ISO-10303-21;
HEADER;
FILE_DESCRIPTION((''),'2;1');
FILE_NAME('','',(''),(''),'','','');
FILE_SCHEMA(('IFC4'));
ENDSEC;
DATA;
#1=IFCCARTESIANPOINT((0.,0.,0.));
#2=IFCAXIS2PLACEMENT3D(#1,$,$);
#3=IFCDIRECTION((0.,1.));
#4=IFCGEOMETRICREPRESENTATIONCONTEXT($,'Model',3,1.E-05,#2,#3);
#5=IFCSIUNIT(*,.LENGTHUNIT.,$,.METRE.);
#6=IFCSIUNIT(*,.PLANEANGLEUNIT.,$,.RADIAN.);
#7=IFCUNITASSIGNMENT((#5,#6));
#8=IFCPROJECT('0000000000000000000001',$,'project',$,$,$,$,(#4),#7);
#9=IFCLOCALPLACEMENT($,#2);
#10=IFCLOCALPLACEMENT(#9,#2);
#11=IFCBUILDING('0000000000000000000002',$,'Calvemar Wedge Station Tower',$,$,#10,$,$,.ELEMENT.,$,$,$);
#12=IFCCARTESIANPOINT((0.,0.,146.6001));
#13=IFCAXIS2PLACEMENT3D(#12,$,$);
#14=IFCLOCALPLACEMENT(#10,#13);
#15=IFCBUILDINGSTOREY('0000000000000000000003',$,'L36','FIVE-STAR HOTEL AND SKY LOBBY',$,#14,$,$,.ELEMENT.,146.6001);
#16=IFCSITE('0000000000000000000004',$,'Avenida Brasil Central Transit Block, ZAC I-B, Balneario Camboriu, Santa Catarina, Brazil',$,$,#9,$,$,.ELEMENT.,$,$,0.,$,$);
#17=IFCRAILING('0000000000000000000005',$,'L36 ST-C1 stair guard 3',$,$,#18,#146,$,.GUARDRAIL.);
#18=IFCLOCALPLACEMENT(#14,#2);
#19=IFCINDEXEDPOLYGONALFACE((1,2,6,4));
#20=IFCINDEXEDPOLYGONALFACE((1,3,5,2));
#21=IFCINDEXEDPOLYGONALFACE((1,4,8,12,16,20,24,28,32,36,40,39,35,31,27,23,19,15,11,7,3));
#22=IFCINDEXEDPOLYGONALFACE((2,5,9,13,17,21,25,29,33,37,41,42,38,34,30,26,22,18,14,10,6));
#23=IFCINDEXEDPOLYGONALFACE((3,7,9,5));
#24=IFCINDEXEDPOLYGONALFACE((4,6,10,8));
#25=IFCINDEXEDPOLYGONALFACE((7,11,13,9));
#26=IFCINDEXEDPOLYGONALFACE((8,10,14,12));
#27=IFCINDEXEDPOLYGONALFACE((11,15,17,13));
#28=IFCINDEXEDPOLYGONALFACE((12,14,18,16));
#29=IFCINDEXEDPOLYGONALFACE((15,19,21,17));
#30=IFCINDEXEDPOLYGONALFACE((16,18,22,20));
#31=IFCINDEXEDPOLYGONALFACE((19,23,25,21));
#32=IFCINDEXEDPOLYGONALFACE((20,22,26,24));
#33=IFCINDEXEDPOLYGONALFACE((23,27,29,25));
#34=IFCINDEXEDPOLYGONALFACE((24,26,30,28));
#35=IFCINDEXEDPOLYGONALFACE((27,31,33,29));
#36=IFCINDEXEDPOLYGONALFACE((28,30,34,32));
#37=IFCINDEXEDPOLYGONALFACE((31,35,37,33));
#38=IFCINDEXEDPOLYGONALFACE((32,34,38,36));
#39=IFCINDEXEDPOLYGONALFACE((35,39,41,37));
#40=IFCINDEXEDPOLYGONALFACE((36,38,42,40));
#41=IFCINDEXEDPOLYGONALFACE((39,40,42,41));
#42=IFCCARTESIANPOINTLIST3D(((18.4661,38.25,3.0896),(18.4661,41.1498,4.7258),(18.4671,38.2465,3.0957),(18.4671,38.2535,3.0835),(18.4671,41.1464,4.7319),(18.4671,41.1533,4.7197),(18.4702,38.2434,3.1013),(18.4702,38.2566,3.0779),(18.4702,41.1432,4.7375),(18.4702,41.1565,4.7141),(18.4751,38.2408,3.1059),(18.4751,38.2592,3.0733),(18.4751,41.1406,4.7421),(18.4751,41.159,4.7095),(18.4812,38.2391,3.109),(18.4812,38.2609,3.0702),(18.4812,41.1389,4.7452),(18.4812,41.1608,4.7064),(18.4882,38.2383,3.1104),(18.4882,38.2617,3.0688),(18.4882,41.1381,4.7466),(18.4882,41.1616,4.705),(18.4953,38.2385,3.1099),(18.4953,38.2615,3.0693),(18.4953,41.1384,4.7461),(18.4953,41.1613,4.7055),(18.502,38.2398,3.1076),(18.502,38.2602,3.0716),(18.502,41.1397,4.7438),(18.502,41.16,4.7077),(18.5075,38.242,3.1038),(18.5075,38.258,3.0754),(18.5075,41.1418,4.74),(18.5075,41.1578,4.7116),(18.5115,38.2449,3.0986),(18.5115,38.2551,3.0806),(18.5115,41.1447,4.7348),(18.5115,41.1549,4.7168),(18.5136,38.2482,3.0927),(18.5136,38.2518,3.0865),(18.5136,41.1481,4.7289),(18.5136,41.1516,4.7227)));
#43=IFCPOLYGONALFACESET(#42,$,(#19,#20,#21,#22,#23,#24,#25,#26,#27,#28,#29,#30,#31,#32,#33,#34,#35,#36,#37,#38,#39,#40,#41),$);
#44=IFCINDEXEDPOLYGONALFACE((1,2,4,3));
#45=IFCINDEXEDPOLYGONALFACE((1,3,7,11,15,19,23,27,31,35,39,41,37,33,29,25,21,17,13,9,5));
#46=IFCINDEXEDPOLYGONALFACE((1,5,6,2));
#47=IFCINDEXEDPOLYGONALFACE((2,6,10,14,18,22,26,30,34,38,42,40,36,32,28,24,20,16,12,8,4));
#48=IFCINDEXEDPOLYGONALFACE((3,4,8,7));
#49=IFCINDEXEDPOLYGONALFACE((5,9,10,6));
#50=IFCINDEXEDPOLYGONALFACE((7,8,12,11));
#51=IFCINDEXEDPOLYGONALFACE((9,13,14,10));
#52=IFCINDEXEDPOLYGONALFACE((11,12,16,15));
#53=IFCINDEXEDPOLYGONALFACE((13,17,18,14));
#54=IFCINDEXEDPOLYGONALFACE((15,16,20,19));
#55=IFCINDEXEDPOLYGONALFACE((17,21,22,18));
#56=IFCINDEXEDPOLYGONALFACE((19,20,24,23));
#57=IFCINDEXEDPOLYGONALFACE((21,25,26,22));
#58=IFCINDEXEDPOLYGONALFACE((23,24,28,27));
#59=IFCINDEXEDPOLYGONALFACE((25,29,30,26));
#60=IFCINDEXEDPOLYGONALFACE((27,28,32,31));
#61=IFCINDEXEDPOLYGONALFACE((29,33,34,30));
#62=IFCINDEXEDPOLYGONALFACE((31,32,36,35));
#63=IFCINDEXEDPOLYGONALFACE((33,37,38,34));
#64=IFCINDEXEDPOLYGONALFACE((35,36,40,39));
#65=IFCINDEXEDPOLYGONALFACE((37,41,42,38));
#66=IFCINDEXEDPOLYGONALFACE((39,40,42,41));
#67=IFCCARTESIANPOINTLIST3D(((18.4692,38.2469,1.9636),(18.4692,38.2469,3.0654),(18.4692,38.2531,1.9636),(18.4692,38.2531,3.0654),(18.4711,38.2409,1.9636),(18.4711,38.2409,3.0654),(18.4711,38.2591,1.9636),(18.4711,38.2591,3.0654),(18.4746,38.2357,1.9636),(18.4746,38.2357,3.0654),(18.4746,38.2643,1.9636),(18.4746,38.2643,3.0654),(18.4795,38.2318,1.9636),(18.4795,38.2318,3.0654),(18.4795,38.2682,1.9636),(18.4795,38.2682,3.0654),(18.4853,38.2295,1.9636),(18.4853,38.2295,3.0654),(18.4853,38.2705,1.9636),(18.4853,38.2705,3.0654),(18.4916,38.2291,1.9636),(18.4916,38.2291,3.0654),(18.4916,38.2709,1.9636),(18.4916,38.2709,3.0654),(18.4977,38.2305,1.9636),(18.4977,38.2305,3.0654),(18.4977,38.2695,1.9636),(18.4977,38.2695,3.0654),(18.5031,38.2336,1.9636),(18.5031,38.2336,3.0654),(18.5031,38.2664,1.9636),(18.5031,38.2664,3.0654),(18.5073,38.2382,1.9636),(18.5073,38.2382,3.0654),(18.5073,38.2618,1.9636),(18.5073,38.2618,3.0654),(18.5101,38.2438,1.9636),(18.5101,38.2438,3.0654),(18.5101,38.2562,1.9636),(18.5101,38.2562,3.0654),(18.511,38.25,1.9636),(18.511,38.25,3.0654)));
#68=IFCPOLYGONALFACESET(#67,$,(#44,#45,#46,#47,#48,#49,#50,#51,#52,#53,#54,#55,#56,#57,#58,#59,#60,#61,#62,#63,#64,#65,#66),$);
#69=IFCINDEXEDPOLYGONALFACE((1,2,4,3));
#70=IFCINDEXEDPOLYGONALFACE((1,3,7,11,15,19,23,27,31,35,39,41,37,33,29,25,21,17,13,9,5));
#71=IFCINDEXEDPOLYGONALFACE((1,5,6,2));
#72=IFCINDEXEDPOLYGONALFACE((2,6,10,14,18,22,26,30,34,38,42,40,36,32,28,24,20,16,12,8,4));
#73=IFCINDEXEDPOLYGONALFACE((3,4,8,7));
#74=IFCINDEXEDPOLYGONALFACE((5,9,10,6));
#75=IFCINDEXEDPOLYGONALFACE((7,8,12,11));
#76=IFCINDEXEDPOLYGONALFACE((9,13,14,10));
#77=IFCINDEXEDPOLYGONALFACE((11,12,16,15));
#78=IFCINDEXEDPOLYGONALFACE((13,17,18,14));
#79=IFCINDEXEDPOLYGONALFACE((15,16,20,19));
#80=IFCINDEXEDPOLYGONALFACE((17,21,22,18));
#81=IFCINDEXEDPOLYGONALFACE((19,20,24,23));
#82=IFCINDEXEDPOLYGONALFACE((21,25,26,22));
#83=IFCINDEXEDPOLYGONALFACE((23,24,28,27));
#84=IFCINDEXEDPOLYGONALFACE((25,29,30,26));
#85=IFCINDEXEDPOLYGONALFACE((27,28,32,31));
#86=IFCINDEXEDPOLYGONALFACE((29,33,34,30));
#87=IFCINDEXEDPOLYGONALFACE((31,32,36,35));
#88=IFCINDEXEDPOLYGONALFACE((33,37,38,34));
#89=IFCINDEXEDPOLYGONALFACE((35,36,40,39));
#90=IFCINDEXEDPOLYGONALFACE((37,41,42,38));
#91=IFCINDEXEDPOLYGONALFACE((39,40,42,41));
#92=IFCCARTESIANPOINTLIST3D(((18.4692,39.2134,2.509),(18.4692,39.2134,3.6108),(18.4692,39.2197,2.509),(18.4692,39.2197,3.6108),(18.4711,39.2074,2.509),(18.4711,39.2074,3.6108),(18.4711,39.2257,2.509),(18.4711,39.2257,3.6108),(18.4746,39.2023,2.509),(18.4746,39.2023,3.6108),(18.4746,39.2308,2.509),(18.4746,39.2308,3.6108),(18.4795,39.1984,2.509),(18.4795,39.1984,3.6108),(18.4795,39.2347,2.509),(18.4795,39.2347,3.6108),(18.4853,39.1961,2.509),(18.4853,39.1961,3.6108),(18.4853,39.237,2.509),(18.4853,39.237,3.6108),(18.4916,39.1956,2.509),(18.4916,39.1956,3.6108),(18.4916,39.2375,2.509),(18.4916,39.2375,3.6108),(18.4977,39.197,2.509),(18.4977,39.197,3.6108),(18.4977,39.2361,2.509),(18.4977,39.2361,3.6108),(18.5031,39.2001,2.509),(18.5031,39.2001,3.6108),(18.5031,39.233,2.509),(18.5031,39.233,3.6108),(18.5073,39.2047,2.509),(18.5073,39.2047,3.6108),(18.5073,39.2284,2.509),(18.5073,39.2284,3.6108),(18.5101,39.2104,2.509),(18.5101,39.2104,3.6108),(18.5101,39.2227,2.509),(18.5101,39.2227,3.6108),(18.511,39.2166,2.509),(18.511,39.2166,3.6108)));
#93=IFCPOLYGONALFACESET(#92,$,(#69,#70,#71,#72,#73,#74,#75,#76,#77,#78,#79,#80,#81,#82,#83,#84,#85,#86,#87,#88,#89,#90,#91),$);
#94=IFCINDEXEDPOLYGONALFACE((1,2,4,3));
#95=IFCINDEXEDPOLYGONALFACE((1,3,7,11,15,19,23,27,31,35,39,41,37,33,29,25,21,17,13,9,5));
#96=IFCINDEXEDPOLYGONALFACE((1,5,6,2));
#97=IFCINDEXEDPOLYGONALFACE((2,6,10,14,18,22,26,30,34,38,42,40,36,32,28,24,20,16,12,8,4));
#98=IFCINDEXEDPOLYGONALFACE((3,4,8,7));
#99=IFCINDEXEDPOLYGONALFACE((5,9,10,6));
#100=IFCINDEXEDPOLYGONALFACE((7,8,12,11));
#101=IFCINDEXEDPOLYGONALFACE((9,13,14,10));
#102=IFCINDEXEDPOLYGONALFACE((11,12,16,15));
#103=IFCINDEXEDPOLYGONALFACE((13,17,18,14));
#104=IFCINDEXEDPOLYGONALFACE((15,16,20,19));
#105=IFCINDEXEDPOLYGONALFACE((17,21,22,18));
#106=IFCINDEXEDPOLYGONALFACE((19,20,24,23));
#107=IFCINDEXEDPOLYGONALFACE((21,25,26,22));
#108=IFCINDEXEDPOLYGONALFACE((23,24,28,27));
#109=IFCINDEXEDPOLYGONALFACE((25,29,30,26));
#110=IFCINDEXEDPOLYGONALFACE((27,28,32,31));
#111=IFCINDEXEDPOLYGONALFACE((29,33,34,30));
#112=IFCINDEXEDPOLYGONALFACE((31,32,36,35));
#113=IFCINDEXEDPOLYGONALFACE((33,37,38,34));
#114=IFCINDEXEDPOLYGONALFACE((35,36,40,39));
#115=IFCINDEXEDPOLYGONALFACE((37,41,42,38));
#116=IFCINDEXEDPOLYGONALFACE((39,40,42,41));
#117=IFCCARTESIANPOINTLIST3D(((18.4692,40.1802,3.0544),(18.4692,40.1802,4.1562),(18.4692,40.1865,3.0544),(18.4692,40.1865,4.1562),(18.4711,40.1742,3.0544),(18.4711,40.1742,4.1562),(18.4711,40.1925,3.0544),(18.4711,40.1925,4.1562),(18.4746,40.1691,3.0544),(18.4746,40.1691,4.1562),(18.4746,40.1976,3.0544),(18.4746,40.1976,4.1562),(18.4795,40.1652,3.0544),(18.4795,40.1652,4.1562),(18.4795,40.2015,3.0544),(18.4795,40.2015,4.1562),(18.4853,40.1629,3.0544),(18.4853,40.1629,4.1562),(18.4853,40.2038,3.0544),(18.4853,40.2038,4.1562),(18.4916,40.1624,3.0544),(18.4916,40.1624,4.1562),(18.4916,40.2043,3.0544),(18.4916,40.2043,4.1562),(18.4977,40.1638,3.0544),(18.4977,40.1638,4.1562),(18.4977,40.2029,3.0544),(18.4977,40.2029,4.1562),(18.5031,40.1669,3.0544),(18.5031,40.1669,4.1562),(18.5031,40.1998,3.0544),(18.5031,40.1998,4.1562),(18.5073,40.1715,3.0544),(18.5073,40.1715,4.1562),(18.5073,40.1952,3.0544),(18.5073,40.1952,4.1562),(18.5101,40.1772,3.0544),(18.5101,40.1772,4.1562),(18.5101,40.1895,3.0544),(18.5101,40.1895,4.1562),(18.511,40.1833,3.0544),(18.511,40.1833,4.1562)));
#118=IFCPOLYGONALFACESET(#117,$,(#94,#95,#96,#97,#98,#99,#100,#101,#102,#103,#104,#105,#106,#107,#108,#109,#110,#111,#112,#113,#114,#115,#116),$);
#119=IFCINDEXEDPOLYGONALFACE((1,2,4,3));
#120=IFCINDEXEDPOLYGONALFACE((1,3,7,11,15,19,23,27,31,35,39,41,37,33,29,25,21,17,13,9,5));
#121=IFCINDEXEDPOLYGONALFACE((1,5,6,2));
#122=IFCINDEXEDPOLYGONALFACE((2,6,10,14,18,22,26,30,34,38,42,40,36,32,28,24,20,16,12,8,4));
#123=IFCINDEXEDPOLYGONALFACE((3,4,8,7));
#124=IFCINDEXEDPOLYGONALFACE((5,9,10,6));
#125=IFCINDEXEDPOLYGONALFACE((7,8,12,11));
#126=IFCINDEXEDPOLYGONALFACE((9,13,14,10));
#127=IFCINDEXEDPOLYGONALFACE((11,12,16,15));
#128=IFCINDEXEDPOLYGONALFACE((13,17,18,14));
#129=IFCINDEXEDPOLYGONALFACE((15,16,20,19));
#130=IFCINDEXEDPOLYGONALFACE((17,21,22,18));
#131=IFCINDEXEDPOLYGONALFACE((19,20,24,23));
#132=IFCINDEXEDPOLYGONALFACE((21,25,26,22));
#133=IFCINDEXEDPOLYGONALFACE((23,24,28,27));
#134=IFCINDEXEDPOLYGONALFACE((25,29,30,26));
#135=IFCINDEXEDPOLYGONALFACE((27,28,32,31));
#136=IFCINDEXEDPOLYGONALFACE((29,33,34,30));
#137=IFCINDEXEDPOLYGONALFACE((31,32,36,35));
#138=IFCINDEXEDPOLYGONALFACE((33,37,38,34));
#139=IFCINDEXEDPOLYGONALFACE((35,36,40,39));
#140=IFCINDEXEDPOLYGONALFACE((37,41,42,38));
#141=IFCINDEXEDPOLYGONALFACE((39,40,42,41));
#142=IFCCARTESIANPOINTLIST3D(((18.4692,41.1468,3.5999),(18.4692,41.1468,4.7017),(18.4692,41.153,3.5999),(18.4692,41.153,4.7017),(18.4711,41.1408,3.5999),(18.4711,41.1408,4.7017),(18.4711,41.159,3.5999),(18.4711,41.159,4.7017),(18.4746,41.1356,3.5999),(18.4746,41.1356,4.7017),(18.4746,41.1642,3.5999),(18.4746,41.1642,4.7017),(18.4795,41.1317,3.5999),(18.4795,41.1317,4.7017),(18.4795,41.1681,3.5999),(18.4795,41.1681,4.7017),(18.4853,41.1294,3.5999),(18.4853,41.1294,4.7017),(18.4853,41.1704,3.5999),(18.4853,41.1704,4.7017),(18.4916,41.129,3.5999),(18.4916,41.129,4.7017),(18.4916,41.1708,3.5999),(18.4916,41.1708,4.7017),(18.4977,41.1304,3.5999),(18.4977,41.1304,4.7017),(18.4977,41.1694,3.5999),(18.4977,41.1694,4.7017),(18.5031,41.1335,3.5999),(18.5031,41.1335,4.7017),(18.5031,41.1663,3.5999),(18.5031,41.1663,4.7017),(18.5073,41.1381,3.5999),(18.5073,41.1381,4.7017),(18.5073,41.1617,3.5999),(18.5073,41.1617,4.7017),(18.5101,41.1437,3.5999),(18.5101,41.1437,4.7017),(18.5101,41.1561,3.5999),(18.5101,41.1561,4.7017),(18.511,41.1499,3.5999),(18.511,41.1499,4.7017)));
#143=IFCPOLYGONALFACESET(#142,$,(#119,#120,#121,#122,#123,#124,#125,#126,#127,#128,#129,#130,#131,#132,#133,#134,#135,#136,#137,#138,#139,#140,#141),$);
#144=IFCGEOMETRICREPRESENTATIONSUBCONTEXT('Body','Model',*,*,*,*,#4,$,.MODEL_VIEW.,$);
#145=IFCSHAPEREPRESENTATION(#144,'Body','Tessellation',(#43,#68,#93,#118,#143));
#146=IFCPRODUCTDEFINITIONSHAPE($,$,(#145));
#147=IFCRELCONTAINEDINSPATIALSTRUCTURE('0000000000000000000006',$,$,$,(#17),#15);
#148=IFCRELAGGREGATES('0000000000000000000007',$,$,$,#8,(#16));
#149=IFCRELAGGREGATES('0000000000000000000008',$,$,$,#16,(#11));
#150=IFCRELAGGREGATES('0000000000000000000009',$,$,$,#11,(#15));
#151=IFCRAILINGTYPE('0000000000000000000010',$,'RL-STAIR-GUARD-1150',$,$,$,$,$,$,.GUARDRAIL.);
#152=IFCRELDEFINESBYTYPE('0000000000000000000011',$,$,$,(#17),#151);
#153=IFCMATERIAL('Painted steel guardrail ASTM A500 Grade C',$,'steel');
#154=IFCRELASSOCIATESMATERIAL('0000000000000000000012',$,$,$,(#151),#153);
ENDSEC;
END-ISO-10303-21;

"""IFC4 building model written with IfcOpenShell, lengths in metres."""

from ifc_helpers import new_model, si_unit, direction, frame, origin, origin_2d, place, context, subcontext, project, spatial, circle, extrude, material, type_object, element, save


model = new_model("IFC4")

# Units and contexts
model_context = context("Model", 3, precision=1e-05, world=origin(), true_north=direction((0.0, 1.0)))
body_context = subcontext(model_context, "Body", "Model", "MODEL_VIEW")
ifc_project = project(units=[si_unit("LENGTHUNIT", "METRE"), si_unit("PLANEANGLEUNIT", "RADIAN")], contexts=[model_context])

# Site, building, storey
site_placement = place(None, origin())
site = spatial("IfcSite", under=ifc_project, at=site_placement, Name="Avenida Brasil Central Transit Block, ZAC I-B, Balneario Camboriu, Santa Catarina, Brazil", CompositionType="ELEMENT", RefElevation=0.0)
building_placement = place(site_placement, origin())
building = spatial("IfcBuilding", under=site, at=building_placement, Name="Calvemar Wedge Station Tower", CompositionType="ELEMENT")
storey_placement = place(building_placement, frame((0.0, 0.0, 146.6001)))
storey = spatial("IfcBuildingStorey", under=building, at=storey_placement, Name="L36", Description="FIVE-STAR HOTEL AND SKY LOBBY", CompositionType="ELEMENT", Elevation=146.6001)

# Railing
ifc_material_1 = material(Name="Painted steel guardrail ASTM A500 Grade C", Category="steel")
railing_type_1 = type_object("IfcRailingType", Name="RL-STAIR-GUARD-1150", PredefinedType="GUARDRAIL", material=ifc_material_1)
railing_1_placement = place(storey_placement, frame((18.49, 38.25, 1.9636)))
element("IfcRailing", 1, at=railing_1_placement, inside=storey, type_object=railing_type_1, Name="L36 ST-C1 stair guard 3", PredefinedType="GUARDRAIL", context=body_context, shape_type="SweptSolid", body=[
    extrude(circle(Radius=0.0239, at=origin_2d()), frame((0.0, 0.0, 1.126), z_axis=(0.0, 0.870929, 0.49141), x_axis=(-1.0, 0.0, 0.0)), (0.0, 0.0, 1.0), 3.3296),
    extrude(circle(Radius=0.021, at=origin_2d()), origin(), (0.0, 0.0, 1.0), 1.1018),
    extrude(circle(Radius=0.021, at=origin_2d()), frame((0.0, 0.9666, 0.5454)), (0.0, 0.0, 1.0), 1.1018),
    extrude(circle(Radius=0.021, at=origin_2d()), frame((0.0, 1.9333, 1.0908)), (0.0, 0.0, 1.0), 1.1018),
    extrude(circle(Radius=0.021, at=origin_2d()), frame((0.0, 2.8999, 1.6362)), (0.0, 0.0, 1.0), 1.1018),
])

save(model, "model.ifc")
